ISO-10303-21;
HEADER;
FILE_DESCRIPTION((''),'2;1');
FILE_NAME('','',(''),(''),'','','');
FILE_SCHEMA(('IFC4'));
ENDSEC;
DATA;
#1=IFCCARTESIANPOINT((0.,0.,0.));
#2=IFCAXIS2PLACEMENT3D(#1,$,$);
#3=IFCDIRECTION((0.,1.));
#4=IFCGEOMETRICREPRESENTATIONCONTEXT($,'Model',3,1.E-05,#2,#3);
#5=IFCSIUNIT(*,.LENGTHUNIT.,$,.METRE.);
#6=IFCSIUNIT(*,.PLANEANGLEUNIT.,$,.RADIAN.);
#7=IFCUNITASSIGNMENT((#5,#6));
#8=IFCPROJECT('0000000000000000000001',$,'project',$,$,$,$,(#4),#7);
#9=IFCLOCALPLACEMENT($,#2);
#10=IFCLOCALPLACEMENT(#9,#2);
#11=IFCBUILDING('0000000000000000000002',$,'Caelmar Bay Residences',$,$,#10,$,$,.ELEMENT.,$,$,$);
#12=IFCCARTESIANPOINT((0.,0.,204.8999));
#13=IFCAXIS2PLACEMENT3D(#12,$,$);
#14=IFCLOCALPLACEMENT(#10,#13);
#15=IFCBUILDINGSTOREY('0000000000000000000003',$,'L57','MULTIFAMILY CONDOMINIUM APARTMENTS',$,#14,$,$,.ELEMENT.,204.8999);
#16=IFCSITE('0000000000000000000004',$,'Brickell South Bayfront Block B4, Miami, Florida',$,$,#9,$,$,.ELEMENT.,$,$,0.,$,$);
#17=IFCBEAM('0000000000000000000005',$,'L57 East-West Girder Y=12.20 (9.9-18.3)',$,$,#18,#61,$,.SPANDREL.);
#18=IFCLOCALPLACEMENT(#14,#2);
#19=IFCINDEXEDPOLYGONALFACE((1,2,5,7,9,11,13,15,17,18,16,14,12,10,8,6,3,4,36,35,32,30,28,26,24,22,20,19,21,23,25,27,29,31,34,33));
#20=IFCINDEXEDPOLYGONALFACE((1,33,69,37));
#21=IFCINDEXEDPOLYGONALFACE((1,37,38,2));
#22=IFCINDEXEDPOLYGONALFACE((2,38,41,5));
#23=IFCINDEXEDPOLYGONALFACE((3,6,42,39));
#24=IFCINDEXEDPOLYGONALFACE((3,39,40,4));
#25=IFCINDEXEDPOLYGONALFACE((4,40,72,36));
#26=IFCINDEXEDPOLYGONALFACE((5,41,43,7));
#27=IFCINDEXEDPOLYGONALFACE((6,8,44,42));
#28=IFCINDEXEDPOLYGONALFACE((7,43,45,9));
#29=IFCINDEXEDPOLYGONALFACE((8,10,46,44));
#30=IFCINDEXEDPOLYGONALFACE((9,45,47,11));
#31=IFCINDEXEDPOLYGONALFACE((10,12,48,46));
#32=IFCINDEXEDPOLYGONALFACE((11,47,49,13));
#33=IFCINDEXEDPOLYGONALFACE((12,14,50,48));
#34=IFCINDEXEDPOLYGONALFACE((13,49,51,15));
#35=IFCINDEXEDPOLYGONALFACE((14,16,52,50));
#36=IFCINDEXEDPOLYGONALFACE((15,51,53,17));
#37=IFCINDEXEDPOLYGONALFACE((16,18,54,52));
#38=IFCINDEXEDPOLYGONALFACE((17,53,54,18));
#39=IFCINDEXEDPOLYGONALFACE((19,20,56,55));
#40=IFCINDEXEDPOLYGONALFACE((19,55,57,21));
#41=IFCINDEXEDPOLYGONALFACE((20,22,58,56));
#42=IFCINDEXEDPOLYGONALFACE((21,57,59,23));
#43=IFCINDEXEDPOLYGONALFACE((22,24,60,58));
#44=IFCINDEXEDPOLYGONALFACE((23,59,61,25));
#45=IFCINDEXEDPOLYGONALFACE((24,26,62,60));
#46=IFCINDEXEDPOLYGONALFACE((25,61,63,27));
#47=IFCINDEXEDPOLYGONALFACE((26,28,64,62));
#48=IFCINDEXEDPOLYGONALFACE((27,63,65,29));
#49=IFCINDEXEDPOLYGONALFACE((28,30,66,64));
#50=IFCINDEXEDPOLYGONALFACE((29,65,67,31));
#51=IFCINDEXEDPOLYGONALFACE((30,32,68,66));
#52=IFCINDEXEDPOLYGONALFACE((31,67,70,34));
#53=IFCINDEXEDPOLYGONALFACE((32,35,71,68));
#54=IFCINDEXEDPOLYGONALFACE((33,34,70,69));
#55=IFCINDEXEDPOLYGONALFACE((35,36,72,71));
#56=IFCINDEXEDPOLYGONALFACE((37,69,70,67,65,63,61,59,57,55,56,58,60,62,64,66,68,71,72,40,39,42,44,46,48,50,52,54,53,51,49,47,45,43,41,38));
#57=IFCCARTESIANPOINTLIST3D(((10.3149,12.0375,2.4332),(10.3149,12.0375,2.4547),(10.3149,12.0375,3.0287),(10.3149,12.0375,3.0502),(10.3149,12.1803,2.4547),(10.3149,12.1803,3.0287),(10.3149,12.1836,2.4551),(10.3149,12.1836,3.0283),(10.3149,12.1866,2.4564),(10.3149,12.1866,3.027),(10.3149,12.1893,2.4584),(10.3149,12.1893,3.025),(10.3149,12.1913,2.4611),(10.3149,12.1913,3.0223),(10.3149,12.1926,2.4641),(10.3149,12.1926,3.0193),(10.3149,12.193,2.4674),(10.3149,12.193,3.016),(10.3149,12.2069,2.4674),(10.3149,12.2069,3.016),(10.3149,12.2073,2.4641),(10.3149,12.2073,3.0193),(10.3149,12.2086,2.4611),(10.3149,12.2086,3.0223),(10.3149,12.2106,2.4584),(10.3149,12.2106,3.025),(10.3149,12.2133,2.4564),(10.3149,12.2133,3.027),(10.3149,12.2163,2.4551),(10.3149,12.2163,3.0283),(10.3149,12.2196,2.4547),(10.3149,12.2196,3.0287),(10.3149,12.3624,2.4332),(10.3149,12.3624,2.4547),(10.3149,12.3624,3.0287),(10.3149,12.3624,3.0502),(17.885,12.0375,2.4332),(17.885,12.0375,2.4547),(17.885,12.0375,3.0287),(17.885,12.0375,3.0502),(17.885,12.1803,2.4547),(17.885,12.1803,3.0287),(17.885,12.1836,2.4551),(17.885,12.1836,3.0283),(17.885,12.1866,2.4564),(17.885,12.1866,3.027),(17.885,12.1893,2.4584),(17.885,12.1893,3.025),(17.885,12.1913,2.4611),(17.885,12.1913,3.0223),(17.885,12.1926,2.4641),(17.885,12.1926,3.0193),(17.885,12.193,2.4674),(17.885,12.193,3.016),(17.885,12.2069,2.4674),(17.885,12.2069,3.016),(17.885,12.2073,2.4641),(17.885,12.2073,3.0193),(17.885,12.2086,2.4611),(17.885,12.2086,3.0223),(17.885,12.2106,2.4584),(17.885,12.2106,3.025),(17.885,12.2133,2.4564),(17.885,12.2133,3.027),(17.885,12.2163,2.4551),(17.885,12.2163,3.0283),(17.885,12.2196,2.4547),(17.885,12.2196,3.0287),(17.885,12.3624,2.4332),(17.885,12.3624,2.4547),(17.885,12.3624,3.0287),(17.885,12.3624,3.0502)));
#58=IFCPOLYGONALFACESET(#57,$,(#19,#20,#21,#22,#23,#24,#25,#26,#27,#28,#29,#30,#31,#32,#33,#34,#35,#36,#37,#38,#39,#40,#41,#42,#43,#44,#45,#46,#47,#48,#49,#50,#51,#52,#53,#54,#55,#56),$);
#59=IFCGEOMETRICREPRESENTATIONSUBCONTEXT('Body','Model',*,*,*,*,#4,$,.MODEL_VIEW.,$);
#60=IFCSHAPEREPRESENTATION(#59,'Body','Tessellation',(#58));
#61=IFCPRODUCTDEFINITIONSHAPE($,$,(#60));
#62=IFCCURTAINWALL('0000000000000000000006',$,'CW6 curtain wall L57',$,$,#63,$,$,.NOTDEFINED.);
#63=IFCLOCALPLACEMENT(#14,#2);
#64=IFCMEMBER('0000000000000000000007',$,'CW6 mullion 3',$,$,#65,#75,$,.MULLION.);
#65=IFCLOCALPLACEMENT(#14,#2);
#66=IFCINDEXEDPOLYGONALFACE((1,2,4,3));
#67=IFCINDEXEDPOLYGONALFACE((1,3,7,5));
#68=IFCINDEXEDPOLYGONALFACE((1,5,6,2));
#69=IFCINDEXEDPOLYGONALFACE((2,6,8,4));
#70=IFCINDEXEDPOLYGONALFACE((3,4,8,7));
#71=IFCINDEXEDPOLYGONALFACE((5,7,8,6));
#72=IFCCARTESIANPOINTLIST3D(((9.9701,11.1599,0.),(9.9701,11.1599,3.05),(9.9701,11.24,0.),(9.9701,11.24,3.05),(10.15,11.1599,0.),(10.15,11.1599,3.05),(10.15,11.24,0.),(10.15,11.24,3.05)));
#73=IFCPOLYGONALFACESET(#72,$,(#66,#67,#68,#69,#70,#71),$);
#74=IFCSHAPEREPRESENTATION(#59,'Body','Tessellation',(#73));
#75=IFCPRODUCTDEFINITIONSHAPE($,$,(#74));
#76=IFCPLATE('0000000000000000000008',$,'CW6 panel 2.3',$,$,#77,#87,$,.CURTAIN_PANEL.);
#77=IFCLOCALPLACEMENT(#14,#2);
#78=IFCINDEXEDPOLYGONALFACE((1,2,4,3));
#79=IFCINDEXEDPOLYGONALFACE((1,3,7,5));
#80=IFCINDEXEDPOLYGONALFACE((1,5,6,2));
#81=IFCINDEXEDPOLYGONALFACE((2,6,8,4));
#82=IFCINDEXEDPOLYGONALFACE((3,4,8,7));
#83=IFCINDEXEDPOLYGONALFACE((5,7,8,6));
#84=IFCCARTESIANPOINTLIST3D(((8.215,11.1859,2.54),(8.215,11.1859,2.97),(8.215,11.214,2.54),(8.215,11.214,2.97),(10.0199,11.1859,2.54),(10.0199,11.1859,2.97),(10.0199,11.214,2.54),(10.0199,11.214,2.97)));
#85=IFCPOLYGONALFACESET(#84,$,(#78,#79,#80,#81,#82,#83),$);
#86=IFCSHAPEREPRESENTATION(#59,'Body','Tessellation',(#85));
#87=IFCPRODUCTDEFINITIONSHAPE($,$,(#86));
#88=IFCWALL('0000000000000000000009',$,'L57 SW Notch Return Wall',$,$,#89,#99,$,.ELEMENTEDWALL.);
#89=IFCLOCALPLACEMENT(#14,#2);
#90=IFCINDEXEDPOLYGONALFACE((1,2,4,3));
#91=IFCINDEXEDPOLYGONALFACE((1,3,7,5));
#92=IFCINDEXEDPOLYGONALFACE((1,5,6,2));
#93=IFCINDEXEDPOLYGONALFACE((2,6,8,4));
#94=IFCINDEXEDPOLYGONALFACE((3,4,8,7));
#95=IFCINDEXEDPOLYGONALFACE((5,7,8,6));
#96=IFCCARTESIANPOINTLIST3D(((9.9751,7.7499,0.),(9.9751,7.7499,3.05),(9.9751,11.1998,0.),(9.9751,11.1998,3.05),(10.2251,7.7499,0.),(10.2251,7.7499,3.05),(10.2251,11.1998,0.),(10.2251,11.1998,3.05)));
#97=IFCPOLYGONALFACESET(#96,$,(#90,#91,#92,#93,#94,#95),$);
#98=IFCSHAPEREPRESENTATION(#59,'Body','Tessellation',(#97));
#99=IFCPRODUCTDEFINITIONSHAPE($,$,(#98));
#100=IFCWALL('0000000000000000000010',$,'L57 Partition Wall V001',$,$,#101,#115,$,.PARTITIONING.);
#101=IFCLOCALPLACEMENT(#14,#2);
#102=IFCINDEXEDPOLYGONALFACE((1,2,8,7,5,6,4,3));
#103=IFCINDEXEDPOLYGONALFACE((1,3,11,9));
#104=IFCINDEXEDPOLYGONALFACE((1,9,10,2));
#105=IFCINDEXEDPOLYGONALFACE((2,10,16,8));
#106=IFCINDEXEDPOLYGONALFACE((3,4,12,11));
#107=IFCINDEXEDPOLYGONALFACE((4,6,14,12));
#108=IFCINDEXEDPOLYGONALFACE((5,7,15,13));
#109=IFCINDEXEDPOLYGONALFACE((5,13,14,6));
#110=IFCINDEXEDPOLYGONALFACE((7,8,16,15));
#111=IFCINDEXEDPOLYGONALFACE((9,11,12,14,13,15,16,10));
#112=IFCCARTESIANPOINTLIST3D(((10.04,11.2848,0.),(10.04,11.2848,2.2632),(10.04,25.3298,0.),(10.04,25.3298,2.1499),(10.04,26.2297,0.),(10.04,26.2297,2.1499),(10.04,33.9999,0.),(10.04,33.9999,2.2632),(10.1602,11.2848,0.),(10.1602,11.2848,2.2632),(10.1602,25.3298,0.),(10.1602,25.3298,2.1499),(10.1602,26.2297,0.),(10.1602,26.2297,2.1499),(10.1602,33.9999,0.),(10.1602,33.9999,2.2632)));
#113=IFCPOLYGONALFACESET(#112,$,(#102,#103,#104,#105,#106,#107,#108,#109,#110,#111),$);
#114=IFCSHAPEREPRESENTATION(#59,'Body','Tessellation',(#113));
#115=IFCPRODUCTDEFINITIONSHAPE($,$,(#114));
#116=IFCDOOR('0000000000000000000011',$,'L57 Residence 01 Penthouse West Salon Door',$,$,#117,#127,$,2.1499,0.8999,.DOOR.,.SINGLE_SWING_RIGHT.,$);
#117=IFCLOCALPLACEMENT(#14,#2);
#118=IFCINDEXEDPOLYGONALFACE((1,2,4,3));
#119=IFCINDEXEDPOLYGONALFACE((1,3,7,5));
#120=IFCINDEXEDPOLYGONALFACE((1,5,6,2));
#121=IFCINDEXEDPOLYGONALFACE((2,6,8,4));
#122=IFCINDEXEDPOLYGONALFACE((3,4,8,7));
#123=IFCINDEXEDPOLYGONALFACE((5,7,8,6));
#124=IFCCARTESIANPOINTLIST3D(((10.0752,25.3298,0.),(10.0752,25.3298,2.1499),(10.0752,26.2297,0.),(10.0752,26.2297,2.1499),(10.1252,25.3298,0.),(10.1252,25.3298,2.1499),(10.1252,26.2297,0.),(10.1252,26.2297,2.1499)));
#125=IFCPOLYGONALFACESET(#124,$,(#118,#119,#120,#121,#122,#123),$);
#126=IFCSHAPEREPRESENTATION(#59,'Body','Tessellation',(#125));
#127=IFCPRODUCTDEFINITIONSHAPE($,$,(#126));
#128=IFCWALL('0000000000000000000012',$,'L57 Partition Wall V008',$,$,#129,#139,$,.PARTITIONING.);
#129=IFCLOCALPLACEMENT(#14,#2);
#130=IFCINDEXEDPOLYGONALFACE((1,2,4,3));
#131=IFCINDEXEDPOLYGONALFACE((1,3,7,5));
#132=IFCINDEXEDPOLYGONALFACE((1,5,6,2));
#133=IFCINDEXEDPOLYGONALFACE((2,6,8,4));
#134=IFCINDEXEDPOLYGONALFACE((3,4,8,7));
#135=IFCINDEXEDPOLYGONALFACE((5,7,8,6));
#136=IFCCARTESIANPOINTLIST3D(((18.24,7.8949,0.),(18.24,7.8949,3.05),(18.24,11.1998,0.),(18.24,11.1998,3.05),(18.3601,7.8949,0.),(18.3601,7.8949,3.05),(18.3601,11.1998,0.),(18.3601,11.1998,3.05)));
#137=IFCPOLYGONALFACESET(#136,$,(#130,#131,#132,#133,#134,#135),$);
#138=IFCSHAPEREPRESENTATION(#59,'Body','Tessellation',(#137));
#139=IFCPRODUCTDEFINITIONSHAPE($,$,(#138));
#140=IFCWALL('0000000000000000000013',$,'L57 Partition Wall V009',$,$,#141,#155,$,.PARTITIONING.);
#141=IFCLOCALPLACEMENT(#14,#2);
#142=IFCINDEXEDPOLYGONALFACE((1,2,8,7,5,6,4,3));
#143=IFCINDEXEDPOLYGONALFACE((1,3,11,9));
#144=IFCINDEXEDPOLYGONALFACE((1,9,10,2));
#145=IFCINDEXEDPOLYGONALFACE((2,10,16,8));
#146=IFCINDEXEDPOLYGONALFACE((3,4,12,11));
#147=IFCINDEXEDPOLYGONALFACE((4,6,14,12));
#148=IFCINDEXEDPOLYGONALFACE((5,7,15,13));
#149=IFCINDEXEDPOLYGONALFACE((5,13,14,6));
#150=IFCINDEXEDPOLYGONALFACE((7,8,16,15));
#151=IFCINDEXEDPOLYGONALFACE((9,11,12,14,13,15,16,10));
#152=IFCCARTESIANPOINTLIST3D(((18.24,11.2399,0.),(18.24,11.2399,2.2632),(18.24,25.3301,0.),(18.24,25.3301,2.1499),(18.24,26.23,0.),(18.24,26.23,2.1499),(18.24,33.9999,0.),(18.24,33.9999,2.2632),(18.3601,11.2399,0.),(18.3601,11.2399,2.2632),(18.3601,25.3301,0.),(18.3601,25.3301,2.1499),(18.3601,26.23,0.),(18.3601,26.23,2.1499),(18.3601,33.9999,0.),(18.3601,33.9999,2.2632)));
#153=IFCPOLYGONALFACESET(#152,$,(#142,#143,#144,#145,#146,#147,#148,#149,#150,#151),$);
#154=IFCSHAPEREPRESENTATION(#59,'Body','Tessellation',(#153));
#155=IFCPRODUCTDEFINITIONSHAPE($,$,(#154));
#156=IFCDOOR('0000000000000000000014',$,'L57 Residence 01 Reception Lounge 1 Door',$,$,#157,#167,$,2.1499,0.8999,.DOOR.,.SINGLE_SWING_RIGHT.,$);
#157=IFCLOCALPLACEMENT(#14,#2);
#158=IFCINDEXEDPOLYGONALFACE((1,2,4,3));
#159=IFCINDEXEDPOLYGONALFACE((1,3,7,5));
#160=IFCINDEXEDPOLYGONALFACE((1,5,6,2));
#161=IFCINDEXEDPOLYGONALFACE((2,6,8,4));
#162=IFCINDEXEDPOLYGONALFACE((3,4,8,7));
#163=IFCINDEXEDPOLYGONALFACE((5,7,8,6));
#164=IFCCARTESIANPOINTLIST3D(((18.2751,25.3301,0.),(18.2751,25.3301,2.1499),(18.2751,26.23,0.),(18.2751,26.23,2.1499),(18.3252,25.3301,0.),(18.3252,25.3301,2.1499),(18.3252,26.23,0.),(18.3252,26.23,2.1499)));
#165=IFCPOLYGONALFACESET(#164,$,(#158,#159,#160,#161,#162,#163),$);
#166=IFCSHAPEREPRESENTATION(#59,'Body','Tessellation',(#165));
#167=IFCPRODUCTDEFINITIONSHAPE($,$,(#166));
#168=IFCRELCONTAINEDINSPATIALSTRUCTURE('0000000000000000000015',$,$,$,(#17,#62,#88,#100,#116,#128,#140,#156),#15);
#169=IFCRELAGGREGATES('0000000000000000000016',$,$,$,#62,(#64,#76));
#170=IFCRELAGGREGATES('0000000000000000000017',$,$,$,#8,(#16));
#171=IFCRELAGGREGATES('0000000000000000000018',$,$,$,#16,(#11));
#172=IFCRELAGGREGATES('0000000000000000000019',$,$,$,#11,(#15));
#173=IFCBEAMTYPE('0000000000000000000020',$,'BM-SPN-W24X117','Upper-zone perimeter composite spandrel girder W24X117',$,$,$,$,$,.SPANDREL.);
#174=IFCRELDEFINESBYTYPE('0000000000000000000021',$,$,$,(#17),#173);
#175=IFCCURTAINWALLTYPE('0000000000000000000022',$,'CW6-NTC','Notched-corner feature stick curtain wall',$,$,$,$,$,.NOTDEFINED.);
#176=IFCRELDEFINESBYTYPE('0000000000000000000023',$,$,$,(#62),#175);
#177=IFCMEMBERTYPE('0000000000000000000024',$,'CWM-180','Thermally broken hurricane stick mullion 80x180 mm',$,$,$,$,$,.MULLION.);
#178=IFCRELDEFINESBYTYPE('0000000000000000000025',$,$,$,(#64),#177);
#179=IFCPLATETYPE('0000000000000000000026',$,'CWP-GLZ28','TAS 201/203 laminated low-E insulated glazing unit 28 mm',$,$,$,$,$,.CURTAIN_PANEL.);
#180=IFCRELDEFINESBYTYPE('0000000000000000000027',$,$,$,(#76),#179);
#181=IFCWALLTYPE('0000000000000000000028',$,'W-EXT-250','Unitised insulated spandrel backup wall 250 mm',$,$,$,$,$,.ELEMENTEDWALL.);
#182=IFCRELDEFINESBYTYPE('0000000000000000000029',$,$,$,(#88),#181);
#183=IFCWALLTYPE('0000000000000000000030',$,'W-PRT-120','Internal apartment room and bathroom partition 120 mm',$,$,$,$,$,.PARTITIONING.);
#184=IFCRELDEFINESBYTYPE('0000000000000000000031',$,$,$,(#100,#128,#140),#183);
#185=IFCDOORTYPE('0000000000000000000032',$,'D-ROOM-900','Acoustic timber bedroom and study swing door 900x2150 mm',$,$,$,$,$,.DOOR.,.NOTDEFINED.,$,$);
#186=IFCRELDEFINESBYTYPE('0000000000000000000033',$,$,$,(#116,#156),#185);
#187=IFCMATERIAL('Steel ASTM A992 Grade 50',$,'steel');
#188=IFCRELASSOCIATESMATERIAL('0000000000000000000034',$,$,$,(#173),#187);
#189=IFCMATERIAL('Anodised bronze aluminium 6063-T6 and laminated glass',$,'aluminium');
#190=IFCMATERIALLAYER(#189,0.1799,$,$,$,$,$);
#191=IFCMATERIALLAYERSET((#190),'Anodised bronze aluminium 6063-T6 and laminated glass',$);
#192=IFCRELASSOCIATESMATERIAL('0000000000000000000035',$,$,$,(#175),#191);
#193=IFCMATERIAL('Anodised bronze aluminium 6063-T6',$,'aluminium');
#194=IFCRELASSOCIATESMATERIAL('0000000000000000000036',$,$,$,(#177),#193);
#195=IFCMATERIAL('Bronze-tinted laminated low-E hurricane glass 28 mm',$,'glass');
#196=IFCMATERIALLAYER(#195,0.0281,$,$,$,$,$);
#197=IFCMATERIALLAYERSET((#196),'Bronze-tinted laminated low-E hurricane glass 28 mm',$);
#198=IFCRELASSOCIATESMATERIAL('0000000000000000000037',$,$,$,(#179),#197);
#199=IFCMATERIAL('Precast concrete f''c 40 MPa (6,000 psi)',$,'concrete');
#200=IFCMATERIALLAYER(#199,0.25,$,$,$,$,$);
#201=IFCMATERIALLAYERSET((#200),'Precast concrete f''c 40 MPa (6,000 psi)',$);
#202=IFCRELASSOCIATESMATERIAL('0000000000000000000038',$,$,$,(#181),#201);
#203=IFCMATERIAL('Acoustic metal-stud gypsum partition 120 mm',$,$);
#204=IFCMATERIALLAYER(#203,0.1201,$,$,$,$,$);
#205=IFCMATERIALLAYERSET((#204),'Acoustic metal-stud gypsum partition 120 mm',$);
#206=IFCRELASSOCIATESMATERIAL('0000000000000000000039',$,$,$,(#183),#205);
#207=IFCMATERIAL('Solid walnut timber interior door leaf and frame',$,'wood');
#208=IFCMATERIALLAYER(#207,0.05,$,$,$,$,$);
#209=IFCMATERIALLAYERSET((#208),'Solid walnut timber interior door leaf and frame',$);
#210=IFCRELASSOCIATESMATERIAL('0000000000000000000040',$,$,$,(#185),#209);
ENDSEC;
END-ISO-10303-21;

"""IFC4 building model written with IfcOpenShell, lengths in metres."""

from ifc_helpers import new_model, si_unit, direction, frame, frame_2d, origin, origin_2d, place, context, subcontext, project, spatial, rectangle, i_section, extrude, material, layer, layer_set, material_profile, profile_set, type_object, element, fill, aggregate, save


model = new_model("IFC4")

# Units and contexts
model_context = context("Model", 3, precision=1e-05, world=origin(), true_north=direction((0.0, 1.0)))
body_context = subcontext(model_context, "Body", "Model", "MODEL_VIEW")
ifc_project = project(units=[si_unit("LENGTHUNIT", "METRE"), si_unit("PLANEANGLEUNIT", "RADIAN")], contexts=[model_context])

# Site, building, storey
site_placement = place(None, origin())
site = spatial("IfcSite", under=ifc_project, at=site_placement, Name="Brickell South Bayfront Block B4, Miami, Florida", CompositionType="ELEMENT", RefElevation=0.0)
building_placement = place(site_placement, origin())
building = spatial("IfcBuilding", under=site, at=building_placement, Name="Caelmar Bay Residences", CompositionType="ELEMENT")
storey_placement = place(building_placement, frame((0.0, 0.0, 204.8999)))
storey = spatial("IfcBuildingStorey", under=building, at=storey_placement, Name="L57", Description="MULTIFAMILY CONDOMINIUM APARTMENTS", CompositionType="ELEMENT", Elevation=204.8999)

# Beam
ifc_material_1 = material(Name="Steel ASTM A992 Grade 50", Category="steel")
ifc_material_profile_1 = material_profile(ifc_material_1, i_section(OverallWidth=0.325, OverallDepth=0.6169, WebThickness=0.0139, FlangeThickness=0.0215, FilletRadius=0.0127, at=origin_2d()), Name="W24X117")
ifc_profile_set_1 = profile_set([ifc_material_profile_1], Name="Steel ASTM A992 Grade 50")
beam_type_1 = type_object("IfcBeamType", Name="BM-SPN-W24X117", Description="Upper-zone perimeter composite spandrel girder W24X117", PredefinedType="SPANDREL", material=ifc_profile_set_1)
beam_1_placement = place(storey_placement, frame((10.3149, 12.2, 2.7417), z_axis=(1.0, 0.0, 0.0), x_axis=(0.0, 1.0, 0.0)))
element("IfcBeam", 1, at=beam_1_placement, inside=storey, type_object=beam_type_1, Name="L57 East-West Girder Y=12.20 (9.9-18.3)", PredefinedType="SPANDREL", context=body_context, shape_type="SweptSolid", body=[
    extrude(i_section(OverallWidth=0.325, OverallDepth=0.6169, WebThickness=0.0139, FlangeThickness=0.0215, FilletRadius=0.0127, at=origin_2d()), origin(), (0.0, 0.0, 1.0), 7.5701),
])

# Curtain wall, member, plate
ifc_material_2 = material(Name="Anodised bronze aluminium 6063-T6 and laminated glass", Category="aluminium")
ifc_layer_1 = layer(ifc_material_2, 0.1799)
ifc_layer_set_1 = layer_set([ifc_layer_1], Name="Anodised bronze aluminium 6063-T6 and laminated glass")
curtain_wall_type = type_object("IfcCurtainWallType", Name="CW6-NTC", Description="Notched-corner feature stick curtain wall", PredefinedType="NOTDEFINED", material=ifc_layer_set_1)
curtain_wall_placement = place(storey_placement, origin())
curtain_wall = element("IfcCurtainWall", 2, at=curtain_wall_placement, inside=storey, type_object=curtain_wall_type, Name="CW6 curtain wall L57", PredefinedType="NOTDEFINED")
ifc_material_3 = material(Name="Anodised bronze aluminium 6063-T6", Category="aluminium")
ifc_material_profile_2 = material_profile(ifc_material_3, rectangle(XDim=0.0801, YDim=0.1799, at=origin_2d()), Name="CWM-80X180")
ifc_profile_set_2 = profile_set([ifc_material_profile_2], Name="Anodised bronze aluminium 6063-T6")
member_type = type_object("IfcMemberType", Name="CWM-180", Description="Thermally broken hurricane stick mullion 80x180 mm", PredefinedType="MULLION", material=ifc_profile_set_2)
member_placement = place(storey_placement, frame((10.0601, 11.2, 0.0), z_axis=(0.0, 0.0, 1.0), x_axis=(0.0, 1.0, 0.0)))
member = element("IfcMember", 3, at=member_placement, type_object=member_type, Name="CW6 mullion 3", PredefinedType="MULLION", context=body_context, shape_type="SweptSolid", body=[
    extrude(rectangle(XDim=0.0801, YDim=0.1799, at=origin_2d()), origin(), (0.0, 0.0, 1.0), 3.05),
])
ifc_material_4 = material(Name="Bronze-tinted laminated low-E hurricane glass 28 mm", Category="glass")
ifc_layer_2 = layer(ifc_material_4, 0.0281)
ifc_layer_set_2 = layer_set([ifc_layer_2], Name="Bronze-tinted laminated low-E hurricane glass 28 mm")
plate_type = type_object("IfcPlateType", Name="CWP-GLZ28", Description="TAS 201/203 laminated low-E insulated glazing unit 28 mm", PredefinedType="CURTAIN_PANEL", material=ifc_layer_set_2)
plate_placement = place(storey_placement, frame((9.1174, 11.2, 2.54), z_axis=(0.0, 0.0, 1.0), x_axis=(1.0, 0.0, 0.0)))
plate = element("IfcPlate", 4, at=plate_placement, type_object=plate_type, Name="CW6 panel 2.3", PredefinedType="CURTAIN_PANEL", context=body_context, shape_type="SweptSolid", body=[
    extrude(rectangle(XDim=1.8049, YDim=0.0281, at=origin_2d()), origin(), (0.0, 0.0, 1.0), 0.4299),
])
aggregate(curtain_wall, [member, plate])

# Wall
ifc_material_5 = material(Name="Precast concrete f'c 40 MPa (6,000 psi)", Category="concrete")
ifc_layer_3 = layer(ifc_material_5, 0.25)
ifc_layer_set_3 = layer_set([ifc_layer_3], Name="Precast concrete f'c 40 MPa (6,000 psi)")
wall_type_1 = type_object("IfcWallType", Name="W-EXT-250", Description="Unitised insulated spandrel backup wall 250 mm", PredefinedType="ELEMENTEDWALL", material=ifc_layer_set_3)
wall_1_placement = place(storey_placement, frame((10.1001, 11.2, 0.0), z_axis=(0.0, 0.0, 1.0), x_axis=(0.0, -1.0, 0.0)))
element("IfcWall", 5, at=wall_1_placement, inside=storey, type_object=wall_type_1, Name="L57 SW Notch Return Wall", PredefinedType="ELEMENTEDWALL", context=body_context, shape_type="SweptSolid", body=[
    extrude(rectangle(XDim=3.45, YDim=0.25, at=frame_2d((1.7251, 0.0))), origin(), (0.0, 0.0, 1.0), 3.05),
])

# Wall, opening, door
ifc_material_6 = material(Name="Acoustic metal-stud gypsum partition 120 mm")
ifc_layer_4 = layer(ifc_material_6, 0.1201)
ifc_layer_set_4 = layer_set([ifc_layer_4], Name="Acoustic metal-stud gypsum partition 120 mm")
wall_type_2 = type_object("IfcWallType", Name="W-PRT-120", Description="Internal apartment room and bathroom partition 120 mm", PredefinedType="PARTITIONING", material=ifc_layer_set_4)
wall_2_placement = place(storey_placement, frame((10.1001, 11.2849, 0.0), z_axis=(0.0, 0.0, 1.0), x_axis=(0.0, 1.0, 0.0)))
wall_2 = element("IfcWall", 6, at=wall_2_placement, inside=storey, type_object=wall_type_2, Name="L57 Partition Wall V001", PredefinedType="PARTITIONING", context=body_context, shape_type="SweptSolid", body=[
    extrude(rectangle(XDim=22.7151, YDim=0.1201, at=frame_2d((11.3574, 0.0))), origin(), (0.0, 0.0, 1.0), 2.2632),
])
opening_1_placement = place(wall_2_placement, frame((14.0449, 0.0, 0.0)))
opening_1 = element("IfcOpeningElement", 7, at=opening_1_placement, cuts=wall_2, PredefinedType="OPENING", context=body_context, shape_type="SweptSolid", body=[
    extrude(rectangle(XDim=0.8999, YDim=2.1499, at=frame_2d((0.45, 1.075))), frame((0.0, 0.0701, 0.0), z_axis=(0.0, -1.0, 0.0), x_axis=(1.0, 0.0, 0.0)), (0.0, 0.0, 1.0), 0.1401),
])
ifc_material_7 = material(Name="Solid walnut timber interior door leaf and frame", Category="wood")
ifc_layer_5 = layer(ifc_material_7, 0.05)
ifc_layer_set_5 = layer_set([ifc_layer_5], Name="Solid walnut timber interior door leaf and frame")
door_type = type_object("IfcDoorType", Name="D-ROOM-900", Description="Acoustic timber bedroom and study swing door 900x2150 mm", OperationType="NOTDEFINED", PredefinedType="DOOR", material=ifc_layer_set_5)
door_1_placement = place(opening_1_placement, origin())
door_1 = element("IfcDoor", 8, at=door_1_placement, inside=storey, type_object=door_type, Name="L57 Residence 01 Penthouse West Salon Door", OperationType="SINGLE_SWING_RIGHT", OverallHeight=2.1499, OverallWidth=0.8999, PredefinedType="DOOR", context=body_context, shape_type="SweptSolid", body=[
    extrude(rectangle(XDim=0.8999, YDim=2.1499, at=frame_2d((0.45, 1.075))), frame((0.0, 0.0249, 0.0), z_axis=(0.0, -1.0, 0.0), x_axis=(1.0, 0.0, 0.0)), (0.0, 0.0, 1.0), 0.05),
])
fill(opening_1, door_1)

# Wall
wall_3_placement = place(storey_placement, frame((18.3, 7.895, 0.0), z_axis=(0.0, 0.0, 1.0), x_axis=(0.0, 1.0, 0.0)))
element("IfcWall", 9, at=wall_3_placement, inside=storey, type_object=wall_type_2, Name="L57 Partition Wall V008", PredefinedType="PARTITIONING", context=body_context, shape_type="SweptSolid", body=[
    extrude(rectangle(XDim=3.3049, YDim=0.1201, at=frame_2d((1.6523, 0.0))), origin(), (0.0, 0.0, 1.0), 3.05),
])

# Wall, opening, door
wall_4_placement = place(storey_placement, frame((18.3, 11.24, 0.0), z_axis=(0.0, 0.0, 1.0), x_axis=(0.0, 1.0, 0.0)))
wall_4 = element("IfcWall", 10, at=wall_4_placement, inside=storey, type_object=wall_type_2, Name="L57 Partition Wall V009", PredefinedType="PARTITIONING", context=body_context, shape_type="SweptSolid", body=[
    extrude(rectangle(XDim=22.76, YDim=0.1201, at=frame_2d((11.3799, 0.0))), origin(), (0.0, 0.0, 1.0), 2.2632),
])
opening_2_placement = place(wall_4_placement, frame((14.0901, 0.0, 0.0)))
opening_2 = element("IfcOpeningElement", 11, at=opening_2_placement, cuts=wall_4, PredefinedType="OPENING", context=body_context, shape_type="SweptSolid", body=[
    extrude(rectangle(XDim=0.8999, YDim=2.1499, at=frame_2d((0.45, 1.075))), frame((0.0, 0.0701, 0.0), z_axis=(0.0, -1.0, 0.0), x_axis=(1.0, 0.0, 0.0)), (0.0, 0.0, 1.0), 0.1401),
])
door_2_placement = place(opening_2_placement, origin())
door_2 = element("IfcDoor", 12, at=door_2_placement, inside=storey, type_object=door_type, Name="L57 Residence 01 Reception Lounge 1 Door", OperationType="SINGLE_SWING_RIGHT", OverallHeight=2.1499, OverallWidth=0.8999, PredefinedType="DOOR", context=body_context, shape_type="SweptSolid", body=[
    extrude(rectangle(XDim=0.8999, YDim=2.1499, at=frame_2d((0.45, 1.075))), frame((0.0, 0.0249, 0.0), z_axis=(0.0, -1.0, 0.0), x_axis=(1.0, 0.0, 0.0)), (0.0, 0.0, 1.0), 0.05),
])
fill(opening_2, door_2)

save(model, "model.ifc")
